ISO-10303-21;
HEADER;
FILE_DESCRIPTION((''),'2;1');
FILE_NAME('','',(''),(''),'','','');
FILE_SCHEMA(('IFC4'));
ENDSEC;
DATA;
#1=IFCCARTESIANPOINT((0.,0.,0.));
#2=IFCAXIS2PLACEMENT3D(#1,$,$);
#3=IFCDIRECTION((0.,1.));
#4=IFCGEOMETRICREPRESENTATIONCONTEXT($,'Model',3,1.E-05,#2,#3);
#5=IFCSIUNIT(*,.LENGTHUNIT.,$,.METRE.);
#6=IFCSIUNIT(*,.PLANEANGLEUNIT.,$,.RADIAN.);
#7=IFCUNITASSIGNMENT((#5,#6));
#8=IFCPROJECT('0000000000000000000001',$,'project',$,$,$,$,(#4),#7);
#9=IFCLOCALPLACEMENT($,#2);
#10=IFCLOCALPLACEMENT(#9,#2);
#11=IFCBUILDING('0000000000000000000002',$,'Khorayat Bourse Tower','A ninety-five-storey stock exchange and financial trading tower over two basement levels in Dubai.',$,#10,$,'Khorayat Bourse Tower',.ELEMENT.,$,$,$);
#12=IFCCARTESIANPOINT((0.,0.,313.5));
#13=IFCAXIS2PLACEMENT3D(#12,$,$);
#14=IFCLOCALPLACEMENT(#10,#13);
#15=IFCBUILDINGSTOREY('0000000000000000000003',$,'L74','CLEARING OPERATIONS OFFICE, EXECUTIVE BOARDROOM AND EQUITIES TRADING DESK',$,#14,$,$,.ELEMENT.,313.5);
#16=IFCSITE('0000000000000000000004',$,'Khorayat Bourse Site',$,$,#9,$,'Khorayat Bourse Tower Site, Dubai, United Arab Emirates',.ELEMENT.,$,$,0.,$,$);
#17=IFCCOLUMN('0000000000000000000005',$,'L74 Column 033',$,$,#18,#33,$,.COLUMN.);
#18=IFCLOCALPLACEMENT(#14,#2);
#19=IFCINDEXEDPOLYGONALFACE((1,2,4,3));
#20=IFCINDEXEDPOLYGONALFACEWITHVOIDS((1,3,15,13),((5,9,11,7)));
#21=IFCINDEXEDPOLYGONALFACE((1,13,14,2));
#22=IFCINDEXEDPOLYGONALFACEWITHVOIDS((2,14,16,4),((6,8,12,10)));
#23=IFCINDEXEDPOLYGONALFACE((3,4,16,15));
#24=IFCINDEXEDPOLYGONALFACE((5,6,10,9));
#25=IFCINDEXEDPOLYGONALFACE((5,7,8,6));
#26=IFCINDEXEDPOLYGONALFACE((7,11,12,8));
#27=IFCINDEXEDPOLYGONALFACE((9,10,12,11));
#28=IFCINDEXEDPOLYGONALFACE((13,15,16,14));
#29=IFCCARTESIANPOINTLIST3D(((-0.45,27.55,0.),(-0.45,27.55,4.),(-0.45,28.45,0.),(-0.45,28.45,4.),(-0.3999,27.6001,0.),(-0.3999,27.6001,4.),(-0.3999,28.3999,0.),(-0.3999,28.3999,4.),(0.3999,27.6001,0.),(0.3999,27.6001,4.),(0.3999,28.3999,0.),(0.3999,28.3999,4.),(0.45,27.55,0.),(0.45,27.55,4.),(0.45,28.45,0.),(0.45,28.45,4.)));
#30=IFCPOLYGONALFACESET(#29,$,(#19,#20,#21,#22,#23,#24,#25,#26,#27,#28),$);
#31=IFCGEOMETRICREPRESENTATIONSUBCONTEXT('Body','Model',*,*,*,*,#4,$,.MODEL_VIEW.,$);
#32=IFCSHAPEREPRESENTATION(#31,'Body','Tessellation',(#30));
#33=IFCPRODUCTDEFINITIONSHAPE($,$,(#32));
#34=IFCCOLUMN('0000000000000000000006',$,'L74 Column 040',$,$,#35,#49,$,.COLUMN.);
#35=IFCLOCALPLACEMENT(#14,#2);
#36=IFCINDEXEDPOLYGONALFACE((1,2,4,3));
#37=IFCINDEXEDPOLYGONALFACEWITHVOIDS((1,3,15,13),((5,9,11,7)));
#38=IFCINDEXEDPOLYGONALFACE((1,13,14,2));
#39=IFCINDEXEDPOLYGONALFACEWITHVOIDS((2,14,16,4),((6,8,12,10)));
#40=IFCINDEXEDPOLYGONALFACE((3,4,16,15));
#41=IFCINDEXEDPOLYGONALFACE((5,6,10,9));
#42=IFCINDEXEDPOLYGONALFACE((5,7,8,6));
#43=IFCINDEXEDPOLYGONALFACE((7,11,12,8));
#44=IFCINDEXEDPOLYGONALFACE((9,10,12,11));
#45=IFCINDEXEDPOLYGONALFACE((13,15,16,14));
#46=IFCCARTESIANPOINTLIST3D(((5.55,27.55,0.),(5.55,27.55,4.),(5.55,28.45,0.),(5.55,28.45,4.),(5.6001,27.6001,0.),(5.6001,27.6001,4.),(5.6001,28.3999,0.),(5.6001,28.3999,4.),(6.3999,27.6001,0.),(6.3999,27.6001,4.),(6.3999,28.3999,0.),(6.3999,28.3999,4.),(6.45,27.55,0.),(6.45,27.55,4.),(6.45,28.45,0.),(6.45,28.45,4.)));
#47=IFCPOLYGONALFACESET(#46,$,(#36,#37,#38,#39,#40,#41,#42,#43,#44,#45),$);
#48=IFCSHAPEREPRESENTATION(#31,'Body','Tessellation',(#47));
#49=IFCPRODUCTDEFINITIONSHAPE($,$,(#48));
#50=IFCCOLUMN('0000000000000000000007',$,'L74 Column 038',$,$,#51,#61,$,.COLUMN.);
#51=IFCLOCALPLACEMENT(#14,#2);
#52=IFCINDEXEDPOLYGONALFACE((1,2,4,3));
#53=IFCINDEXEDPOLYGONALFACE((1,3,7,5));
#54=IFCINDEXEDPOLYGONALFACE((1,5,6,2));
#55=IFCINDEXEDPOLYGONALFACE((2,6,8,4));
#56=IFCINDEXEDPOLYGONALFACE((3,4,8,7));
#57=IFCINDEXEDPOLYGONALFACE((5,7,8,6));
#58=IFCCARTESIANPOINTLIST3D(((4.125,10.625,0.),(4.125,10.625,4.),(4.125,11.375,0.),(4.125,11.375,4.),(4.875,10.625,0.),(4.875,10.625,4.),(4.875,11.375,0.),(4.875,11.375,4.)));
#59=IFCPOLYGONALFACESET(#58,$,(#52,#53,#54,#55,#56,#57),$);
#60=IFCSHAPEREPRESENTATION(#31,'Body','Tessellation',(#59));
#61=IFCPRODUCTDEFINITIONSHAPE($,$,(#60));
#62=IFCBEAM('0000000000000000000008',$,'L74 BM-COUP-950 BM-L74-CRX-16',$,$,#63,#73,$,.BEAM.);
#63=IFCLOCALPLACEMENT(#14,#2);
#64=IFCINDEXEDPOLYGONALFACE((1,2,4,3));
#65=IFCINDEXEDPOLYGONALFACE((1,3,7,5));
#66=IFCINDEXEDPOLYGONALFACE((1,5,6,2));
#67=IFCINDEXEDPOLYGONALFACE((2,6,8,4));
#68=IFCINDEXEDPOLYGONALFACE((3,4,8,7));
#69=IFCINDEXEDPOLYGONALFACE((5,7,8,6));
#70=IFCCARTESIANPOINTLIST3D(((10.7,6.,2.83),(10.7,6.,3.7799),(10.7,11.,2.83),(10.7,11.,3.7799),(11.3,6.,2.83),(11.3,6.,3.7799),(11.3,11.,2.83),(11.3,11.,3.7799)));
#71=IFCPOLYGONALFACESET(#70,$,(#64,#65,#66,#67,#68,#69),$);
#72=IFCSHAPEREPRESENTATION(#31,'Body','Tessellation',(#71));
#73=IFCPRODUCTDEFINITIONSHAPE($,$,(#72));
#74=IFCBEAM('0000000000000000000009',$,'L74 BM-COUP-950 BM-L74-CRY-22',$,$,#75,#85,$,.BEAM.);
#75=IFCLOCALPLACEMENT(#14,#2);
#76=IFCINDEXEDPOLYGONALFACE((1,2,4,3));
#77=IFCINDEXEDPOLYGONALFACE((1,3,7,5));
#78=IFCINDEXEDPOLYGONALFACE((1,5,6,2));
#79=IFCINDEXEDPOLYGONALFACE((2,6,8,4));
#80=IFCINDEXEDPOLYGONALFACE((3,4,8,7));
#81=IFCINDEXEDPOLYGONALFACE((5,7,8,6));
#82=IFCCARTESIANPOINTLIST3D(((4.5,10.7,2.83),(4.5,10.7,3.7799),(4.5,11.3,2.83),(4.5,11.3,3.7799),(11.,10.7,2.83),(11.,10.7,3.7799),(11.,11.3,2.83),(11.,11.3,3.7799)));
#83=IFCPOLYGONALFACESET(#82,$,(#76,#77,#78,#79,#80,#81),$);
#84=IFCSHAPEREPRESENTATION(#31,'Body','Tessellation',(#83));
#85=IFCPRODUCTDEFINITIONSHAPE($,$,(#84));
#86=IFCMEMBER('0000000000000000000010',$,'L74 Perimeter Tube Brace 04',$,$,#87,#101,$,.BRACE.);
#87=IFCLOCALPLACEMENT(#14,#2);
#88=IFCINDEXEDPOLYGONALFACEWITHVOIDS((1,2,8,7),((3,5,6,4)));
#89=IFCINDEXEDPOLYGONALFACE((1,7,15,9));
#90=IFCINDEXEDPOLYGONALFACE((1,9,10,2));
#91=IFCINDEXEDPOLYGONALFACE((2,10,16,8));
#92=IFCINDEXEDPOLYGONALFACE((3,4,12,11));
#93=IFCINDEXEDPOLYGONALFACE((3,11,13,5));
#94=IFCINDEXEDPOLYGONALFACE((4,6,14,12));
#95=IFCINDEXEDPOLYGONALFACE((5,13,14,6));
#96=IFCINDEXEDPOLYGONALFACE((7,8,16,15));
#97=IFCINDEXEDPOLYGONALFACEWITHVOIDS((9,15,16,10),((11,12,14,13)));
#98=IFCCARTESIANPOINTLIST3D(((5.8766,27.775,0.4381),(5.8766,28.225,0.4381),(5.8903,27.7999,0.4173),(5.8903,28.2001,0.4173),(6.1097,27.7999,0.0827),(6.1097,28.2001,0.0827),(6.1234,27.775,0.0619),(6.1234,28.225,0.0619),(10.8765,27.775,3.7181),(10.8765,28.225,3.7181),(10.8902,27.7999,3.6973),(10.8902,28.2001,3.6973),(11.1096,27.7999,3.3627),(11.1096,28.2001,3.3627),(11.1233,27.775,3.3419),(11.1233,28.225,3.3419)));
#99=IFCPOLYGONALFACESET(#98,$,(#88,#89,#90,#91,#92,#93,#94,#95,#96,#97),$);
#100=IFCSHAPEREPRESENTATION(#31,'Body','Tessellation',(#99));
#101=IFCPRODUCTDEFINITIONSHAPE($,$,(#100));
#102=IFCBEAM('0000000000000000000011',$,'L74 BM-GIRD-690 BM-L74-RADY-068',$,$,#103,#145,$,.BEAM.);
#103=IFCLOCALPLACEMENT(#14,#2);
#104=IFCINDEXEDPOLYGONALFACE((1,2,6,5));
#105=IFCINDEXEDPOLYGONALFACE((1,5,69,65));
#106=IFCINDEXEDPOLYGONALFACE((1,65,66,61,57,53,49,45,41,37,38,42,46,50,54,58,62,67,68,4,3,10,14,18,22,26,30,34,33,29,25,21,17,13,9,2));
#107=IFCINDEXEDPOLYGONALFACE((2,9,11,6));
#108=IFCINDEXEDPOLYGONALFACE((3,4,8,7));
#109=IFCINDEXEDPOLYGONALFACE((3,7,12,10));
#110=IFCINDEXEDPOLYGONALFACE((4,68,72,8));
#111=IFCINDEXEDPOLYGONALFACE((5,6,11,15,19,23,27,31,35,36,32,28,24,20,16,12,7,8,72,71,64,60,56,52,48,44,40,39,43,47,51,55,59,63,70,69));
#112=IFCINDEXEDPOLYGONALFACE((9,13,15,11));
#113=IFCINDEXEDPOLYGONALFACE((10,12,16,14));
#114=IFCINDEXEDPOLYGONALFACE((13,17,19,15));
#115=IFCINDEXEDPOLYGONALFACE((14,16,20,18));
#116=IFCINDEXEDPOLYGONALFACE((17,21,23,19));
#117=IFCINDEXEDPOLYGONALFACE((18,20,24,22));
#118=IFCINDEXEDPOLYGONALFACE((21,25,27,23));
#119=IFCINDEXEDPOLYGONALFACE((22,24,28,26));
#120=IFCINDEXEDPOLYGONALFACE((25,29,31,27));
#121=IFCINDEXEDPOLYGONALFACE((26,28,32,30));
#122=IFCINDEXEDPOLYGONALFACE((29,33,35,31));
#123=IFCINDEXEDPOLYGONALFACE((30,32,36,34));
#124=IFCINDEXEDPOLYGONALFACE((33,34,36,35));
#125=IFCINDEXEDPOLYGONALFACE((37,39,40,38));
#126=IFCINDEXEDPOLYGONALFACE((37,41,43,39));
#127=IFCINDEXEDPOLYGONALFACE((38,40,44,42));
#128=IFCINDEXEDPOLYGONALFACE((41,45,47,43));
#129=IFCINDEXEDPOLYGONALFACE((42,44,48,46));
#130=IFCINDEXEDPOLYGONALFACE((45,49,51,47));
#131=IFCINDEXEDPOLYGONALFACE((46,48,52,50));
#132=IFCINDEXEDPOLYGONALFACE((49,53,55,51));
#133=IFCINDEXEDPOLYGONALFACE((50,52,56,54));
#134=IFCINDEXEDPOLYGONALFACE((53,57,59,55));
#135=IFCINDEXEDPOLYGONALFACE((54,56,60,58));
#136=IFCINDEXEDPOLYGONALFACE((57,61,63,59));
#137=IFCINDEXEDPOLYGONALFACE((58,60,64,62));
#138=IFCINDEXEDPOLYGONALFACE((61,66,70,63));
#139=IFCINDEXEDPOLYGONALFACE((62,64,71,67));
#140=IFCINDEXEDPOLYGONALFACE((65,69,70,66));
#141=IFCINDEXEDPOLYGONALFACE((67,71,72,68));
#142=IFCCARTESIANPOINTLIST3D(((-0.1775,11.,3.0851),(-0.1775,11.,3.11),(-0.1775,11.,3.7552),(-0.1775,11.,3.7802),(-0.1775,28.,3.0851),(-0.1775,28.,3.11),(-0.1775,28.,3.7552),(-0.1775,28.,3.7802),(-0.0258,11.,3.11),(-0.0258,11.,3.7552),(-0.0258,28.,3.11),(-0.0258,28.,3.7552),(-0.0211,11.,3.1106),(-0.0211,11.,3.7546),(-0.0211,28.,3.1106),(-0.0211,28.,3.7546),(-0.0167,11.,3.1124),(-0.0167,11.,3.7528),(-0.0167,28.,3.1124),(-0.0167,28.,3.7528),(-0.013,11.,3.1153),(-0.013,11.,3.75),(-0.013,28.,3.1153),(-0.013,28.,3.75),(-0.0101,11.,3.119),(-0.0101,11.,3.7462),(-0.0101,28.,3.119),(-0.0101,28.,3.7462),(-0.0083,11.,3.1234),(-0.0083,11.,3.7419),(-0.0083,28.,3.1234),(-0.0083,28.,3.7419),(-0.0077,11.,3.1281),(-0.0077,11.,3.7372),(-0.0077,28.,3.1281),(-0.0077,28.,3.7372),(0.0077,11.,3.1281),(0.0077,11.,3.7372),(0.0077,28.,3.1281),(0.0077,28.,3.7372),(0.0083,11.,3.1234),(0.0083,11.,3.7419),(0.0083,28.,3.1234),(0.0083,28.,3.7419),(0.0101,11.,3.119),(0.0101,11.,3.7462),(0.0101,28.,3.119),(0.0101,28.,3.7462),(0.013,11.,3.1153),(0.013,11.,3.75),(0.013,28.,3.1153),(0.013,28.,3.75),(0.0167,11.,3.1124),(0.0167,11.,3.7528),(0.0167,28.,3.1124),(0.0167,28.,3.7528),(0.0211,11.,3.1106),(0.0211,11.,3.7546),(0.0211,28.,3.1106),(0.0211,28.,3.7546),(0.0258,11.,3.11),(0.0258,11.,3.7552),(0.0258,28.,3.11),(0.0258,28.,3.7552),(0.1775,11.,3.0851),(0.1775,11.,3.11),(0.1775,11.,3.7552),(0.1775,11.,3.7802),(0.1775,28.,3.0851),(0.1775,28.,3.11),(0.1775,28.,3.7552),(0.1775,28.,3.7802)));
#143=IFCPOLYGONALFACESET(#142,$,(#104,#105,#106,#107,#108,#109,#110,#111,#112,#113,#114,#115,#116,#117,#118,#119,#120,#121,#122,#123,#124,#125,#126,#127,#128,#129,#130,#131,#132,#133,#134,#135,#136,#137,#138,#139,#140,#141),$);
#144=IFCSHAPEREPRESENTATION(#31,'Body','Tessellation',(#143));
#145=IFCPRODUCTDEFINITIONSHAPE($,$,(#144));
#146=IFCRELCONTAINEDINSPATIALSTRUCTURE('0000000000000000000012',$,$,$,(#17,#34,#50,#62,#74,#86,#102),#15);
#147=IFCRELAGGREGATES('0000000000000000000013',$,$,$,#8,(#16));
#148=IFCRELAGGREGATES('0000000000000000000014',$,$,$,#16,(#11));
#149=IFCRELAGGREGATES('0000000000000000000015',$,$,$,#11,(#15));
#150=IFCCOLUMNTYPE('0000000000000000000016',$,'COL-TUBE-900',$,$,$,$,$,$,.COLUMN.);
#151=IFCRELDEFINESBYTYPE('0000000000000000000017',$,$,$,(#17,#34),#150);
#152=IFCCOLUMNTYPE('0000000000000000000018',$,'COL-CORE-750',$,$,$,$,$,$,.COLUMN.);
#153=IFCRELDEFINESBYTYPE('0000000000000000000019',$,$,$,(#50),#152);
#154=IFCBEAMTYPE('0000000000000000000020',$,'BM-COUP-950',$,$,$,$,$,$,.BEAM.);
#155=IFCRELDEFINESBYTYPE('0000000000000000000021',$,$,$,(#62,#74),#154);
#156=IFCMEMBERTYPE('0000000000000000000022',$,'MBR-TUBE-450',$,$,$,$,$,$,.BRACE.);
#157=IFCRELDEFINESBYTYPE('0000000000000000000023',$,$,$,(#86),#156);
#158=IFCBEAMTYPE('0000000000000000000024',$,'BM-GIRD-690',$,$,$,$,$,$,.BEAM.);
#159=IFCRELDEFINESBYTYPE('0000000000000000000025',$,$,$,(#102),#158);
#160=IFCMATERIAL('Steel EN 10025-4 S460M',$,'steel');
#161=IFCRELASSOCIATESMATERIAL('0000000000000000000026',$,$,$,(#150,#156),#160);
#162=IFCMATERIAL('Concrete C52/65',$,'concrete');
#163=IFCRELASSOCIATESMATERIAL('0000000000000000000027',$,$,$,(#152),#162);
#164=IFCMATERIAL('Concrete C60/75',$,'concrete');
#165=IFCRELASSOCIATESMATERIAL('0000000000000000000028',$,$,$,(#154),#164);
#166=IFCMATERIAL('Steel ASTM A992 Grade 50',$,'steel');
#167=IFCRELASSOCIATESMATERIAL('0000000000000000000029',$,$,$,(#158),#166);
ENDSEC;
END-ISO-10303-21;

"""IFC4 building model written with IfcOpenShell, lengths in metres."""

from ifc_helpers import new_model, si_unit, direction, frame, origin, origin_2d, place, context, subcontext, project, spatial, rectangle, hollow_rectangle, i_section, extrude, source, transform, mapped, material, material_profile, profile_set, type_object, element, save


model = new_model("IFC4")

# Units and contexts
model_context = context("Model", 3, precision=1e-05, world=origin(), true_north=direction((0.0, 1.0)))
body_context = subcontext(model_context, "Body", "Model", "MODEL_VIEW")
ifc_project = project(units=[si_unit("LENGTHUNIT", "METRE"), si_unit("PLANEANGLEUNIT", "RADIAN")], contexts=[model_context])

# Site, building, storey
site_placement = place(None, origin())
site = spatial("IfcSite", under=ifc_project, at=site_placement, Name="Khorayat Bourse Site", LongName="Khorayat Bourse Tower Site, Dubai, United Arab Emirates", CompositionType="ELEMENT", RefElevation=0.0)
building_placement = place(site_placement, origin())
building = spatial("IfcBuilding", under=site, at=building_placement, Name="Khorayat Bourse Tower", Description="A ninety-five-storey stock exchange and financial trading tower over two basement levels in Dubai.", LongName="Khorayat Bourse Tower", CompositionType="ELEMENT")
storey_placement = place(building_placement, frame((0.0, 0.0, 313.5)))
storey = spatial("IfcBuildingStorey", under=building, at=storey_placement, Name="L74", Description="CLEARING OPERATIONS OFFICE, EXECUTIVE BOARDROOM AND EQUITIES TRADING DESK", CompositionType="ELEMENT", Elevation=313.5)

# Columns
ifc_material_1 = material(Name="Steel EN 10025-4 S460M", Category="steel")
ifc_material_profile_1 = material_profile(ifc_material_1, hollow_rectangle(XDim=0.8999, YDim=0.8999, WallThickness=0.05, at=origin_2d()), Name="BOX 900x900x50")
ifc_profile_set_1 = profile_set([ifc_material_profile_1], Name="Steel EN 10025-4 S460M")
column_type_1 = type_object("IfcColumnType", Name="COL-TUBE-900", PredefinedType="COLUMN", material=ifc_profile_set_1)
shared_shape_1 = source(origin(), body_context, "Body", "SweptSolid", [
    extrude(hollow_rectangle(XDim=0.8999, YDim=0.8999, WallThickness=0.05, at=origin_2d()), origin(), (0.0, 0.0, 1.0), 4.0),
])
for number, where, z_axis, x_axis, name in (
    (1, (0.0, 28.0, 0.0), (0.0, 0.0, 1.0), (1.0, 0.0, 0.0), "L74 Column 033"),
    (2, (6.0, 28.0, 0.0), (0.0, 0.0, 1.0), (1.0, 0.0, 0.0), "L74 Column 040"),
):
    element("IfcColumn", number, at=place(storey_placement, frame(where, z_axis=z_axis, x_axis=x_axis)), inside=storey, type_object=column_type_1, Name=name, PredefinedType="COLUMN", context=body_context, shape_type="MappedRepresentation", body=[
        mapped(shared_shape_1, transform((0.0, 0.0, 0.0), scale=1.0)),
    ])
ifc_material_2 = material(Name="Concrete C52/65", Category="concrete")
ifc_material_profile_2 = material_profile(ifc_material_2, rectangle(XDim=0.75, YDim=0.75, at=origin_2d()), Name="RC 750x750")
ifc_profile_set_2 = profile_set([ifc_material_profile_2], Name="Concrete C52/65")
column_type_2 = type_object("IfcColumnType", Name="COL-CORE-750", PredefinedType="COLUMN", material=ifc_profile_set_2)
shared_shape_2 = source(origin(), body_context, "Body", "SweptSolid", [
    extrude(rectangle(XDim=0.75, YDim=0.75, at=origin_2d()), origin(), (0.0, 0.0, 1.0), 4.0),
])
column_placement = place(storey_placement, frame((4.5, 11.0, 0.0), z_axis=(0.0, 0.0, 1.0), x_axis=(1.0, 0.0, 0.0)))
element("IfcColumn", 3, at=column_placement, inside=storey, type_object=column_type_2, Name="L74 Column 038", PredefinedType="COLUMN", context=body_context, shape_type="MappedRepresentation", body=[
    mapped(shared_shape_2, transform((0.0, 0.0, 0.0), scale=1.0)),
])

# Beams
ifc_material_3 = material(Name="Concrete C60/75", Category="concrete")
ifc_material_profile_3 = material_profile(ifc_material_3, rectangle(XDim=0.6001, YDim=0.95, at=origin_2d()), Name="RC 600x950")
ifc_profile_set_3 = profile_set([ifc_material_profile_3], Name="Concrete C60/75")
beam_type_1 = type_object("IfcBeamType", Name="BM-COUP-950", PredefinedType="BEAM", material=ifc_profile_set_3)
shared_shape_3 = source(origin(), body_context, "Body", "SweptSolid", [
    extrude(rectangle(XDim=0.6001, YDim=0.95, at=origin_2d()), origin(), (0.0, 0.0, 1.0), 5.0),
])
beam_1_placement = place(storey_placement, frame((11.0, 6.0, 3.3049), z_axis=(0.0, 1.0, 0.0), x_axis=(-1.0, 0.0, 0.0)))
element("IfcBeam", 4, at=beam_1_placement, inside=storey, type_object=beam_type_1, Name="L74 BM-COUP-950 BM-L74-CRX-16", PredefinedType="BEAM", context=body_context, shape_type="MappedRepresentation", body=[
    mapped(shared_shape_3, transform((0.0, 0.0, 0.0), scale=1.0)),
])
shared_shape_4 = source(origin(), body_context, "Body", "SweptSolid", [
    extrude(rectangle(XDim=0.6001, YDim=0.95, at=origin_2d()), origin(), (0.0, 0.0, 1.0), 6.5),
])
beam_2_placement = place(storey_placement, frame((4.5, 11.0, 3.3049), z_axis=(1.0, 0.0, 0.0), x_axis=(0.0, 1.0, 0.0)))
element("IfcBeam", 5, at=beam_2_placement, inside=storey, type_object=beam_type_1, Name="L74 BM-COUP-950 BM-L74-CRY-22", PredefinedType="BEAM", context=body_context, shape_type="MappedRepresentation", body=[
    mapped(shared_shape_4, transform((0.0, 0.0, 0.0), scale=1.0)),
])

# Member
ifc_material_profile_4 = material_profile(ifc_material_1, hollow_rectangle(XDim=0.45, YDim=0.45, WallThickness=0.0249, at=origin_2d()), Name="HSS 450x450x25")
ifc_profile_set_4 = profile_set([ifc_material_profile_4], Name="Steel EN 10025-4 S460M")
member_type_1 = type_object("IfcMemberType", Name="MBR-TUBE-450", PredefinedType="BRACE", material=ifc_profile_set_4)
shared_shape_5 = source(origin(), body_context, "Body", "SweptSolid", [
    extrude(hollow_rectangle(XDim=0.45, YDim=0.45, WallThickness=0.0249, at=origin_2d()), origin(), (0.0, 0.0, 1.0), 5.9797),
])
member_1_placement = place(storey_placement, frame((6.0, 28.0, 0.25), z_axis=(0.836142, 0.0, 0.548514), x_axis=(0.0, 1.0, 0.0)))
element("IfcMember", 6, at=member_1_placement, inside=storey, type_object=member_type_1, Name="L74 Perimeter Tube Brace 04", PredefinedType="BRACE", context=body_context, shape_type="MappedRepresentation", body=[
    mapped(shared_shape_5, transform((0.0, 0.0, 0.0), scale=1.0)),
])

# Beam
ifc_material_4 = material(Name="Steel ASTM A992 Grade 50", Category="steel")
ifc_material_profile_5 = material_profile(ifc_material_4, i_section(OverallWidth=0.355, OverallDepth=0.6951, WebThickness=0.0154, FlangeThickness=0.0249, FilletRadius=0.0181, at=origin_2d()), Name="W690X217")
ifc_profile_set_5 = profile_set([ifc_material_profile_5], Name="Steel ASTM A992 Grade 50")
beam_type_2 = type_object("IfcBeamType", Name="BM-GIRD-690", PredefinedType="BEAM", material=ifc_profile_set_5)
shared_shape_6 = source(origin(), body_context, "Body", "SweptSolid", [
    extrude(i_section(OverallWidth=0.355, OverallDepth=0.6951, WebThickness=0.0154, FlangeThickness=0.0249, FilletRadius=0.0181, at=origin_2d()), origin(), (0.0, 0.0, 1.0), 17.0),
])
for number, where, z_axis, x_axis, name in (
    (7, (0.0, 11.0, 3.4326), (0.0, 1.0, 0.0), (-1.0, 0.0, 0.0), "L74 BM-GIRD-690 BM-L74-RADY-068"),
):
    element("IfcBeam", number, at=place(storey_placement, frame(where, z_axis=z_axis, x_axis=x_axis)), inside=storey, type_object=beam_type_2, Name=name, PredefinedType="BEAM", context=body_context, shape_type="MappedRepresentation", body=[
        mapped(shared_shape_6, transform((0.0, 0.0, 0.0), scale=1.0)),
    ])

save(model, "model.ifc")
